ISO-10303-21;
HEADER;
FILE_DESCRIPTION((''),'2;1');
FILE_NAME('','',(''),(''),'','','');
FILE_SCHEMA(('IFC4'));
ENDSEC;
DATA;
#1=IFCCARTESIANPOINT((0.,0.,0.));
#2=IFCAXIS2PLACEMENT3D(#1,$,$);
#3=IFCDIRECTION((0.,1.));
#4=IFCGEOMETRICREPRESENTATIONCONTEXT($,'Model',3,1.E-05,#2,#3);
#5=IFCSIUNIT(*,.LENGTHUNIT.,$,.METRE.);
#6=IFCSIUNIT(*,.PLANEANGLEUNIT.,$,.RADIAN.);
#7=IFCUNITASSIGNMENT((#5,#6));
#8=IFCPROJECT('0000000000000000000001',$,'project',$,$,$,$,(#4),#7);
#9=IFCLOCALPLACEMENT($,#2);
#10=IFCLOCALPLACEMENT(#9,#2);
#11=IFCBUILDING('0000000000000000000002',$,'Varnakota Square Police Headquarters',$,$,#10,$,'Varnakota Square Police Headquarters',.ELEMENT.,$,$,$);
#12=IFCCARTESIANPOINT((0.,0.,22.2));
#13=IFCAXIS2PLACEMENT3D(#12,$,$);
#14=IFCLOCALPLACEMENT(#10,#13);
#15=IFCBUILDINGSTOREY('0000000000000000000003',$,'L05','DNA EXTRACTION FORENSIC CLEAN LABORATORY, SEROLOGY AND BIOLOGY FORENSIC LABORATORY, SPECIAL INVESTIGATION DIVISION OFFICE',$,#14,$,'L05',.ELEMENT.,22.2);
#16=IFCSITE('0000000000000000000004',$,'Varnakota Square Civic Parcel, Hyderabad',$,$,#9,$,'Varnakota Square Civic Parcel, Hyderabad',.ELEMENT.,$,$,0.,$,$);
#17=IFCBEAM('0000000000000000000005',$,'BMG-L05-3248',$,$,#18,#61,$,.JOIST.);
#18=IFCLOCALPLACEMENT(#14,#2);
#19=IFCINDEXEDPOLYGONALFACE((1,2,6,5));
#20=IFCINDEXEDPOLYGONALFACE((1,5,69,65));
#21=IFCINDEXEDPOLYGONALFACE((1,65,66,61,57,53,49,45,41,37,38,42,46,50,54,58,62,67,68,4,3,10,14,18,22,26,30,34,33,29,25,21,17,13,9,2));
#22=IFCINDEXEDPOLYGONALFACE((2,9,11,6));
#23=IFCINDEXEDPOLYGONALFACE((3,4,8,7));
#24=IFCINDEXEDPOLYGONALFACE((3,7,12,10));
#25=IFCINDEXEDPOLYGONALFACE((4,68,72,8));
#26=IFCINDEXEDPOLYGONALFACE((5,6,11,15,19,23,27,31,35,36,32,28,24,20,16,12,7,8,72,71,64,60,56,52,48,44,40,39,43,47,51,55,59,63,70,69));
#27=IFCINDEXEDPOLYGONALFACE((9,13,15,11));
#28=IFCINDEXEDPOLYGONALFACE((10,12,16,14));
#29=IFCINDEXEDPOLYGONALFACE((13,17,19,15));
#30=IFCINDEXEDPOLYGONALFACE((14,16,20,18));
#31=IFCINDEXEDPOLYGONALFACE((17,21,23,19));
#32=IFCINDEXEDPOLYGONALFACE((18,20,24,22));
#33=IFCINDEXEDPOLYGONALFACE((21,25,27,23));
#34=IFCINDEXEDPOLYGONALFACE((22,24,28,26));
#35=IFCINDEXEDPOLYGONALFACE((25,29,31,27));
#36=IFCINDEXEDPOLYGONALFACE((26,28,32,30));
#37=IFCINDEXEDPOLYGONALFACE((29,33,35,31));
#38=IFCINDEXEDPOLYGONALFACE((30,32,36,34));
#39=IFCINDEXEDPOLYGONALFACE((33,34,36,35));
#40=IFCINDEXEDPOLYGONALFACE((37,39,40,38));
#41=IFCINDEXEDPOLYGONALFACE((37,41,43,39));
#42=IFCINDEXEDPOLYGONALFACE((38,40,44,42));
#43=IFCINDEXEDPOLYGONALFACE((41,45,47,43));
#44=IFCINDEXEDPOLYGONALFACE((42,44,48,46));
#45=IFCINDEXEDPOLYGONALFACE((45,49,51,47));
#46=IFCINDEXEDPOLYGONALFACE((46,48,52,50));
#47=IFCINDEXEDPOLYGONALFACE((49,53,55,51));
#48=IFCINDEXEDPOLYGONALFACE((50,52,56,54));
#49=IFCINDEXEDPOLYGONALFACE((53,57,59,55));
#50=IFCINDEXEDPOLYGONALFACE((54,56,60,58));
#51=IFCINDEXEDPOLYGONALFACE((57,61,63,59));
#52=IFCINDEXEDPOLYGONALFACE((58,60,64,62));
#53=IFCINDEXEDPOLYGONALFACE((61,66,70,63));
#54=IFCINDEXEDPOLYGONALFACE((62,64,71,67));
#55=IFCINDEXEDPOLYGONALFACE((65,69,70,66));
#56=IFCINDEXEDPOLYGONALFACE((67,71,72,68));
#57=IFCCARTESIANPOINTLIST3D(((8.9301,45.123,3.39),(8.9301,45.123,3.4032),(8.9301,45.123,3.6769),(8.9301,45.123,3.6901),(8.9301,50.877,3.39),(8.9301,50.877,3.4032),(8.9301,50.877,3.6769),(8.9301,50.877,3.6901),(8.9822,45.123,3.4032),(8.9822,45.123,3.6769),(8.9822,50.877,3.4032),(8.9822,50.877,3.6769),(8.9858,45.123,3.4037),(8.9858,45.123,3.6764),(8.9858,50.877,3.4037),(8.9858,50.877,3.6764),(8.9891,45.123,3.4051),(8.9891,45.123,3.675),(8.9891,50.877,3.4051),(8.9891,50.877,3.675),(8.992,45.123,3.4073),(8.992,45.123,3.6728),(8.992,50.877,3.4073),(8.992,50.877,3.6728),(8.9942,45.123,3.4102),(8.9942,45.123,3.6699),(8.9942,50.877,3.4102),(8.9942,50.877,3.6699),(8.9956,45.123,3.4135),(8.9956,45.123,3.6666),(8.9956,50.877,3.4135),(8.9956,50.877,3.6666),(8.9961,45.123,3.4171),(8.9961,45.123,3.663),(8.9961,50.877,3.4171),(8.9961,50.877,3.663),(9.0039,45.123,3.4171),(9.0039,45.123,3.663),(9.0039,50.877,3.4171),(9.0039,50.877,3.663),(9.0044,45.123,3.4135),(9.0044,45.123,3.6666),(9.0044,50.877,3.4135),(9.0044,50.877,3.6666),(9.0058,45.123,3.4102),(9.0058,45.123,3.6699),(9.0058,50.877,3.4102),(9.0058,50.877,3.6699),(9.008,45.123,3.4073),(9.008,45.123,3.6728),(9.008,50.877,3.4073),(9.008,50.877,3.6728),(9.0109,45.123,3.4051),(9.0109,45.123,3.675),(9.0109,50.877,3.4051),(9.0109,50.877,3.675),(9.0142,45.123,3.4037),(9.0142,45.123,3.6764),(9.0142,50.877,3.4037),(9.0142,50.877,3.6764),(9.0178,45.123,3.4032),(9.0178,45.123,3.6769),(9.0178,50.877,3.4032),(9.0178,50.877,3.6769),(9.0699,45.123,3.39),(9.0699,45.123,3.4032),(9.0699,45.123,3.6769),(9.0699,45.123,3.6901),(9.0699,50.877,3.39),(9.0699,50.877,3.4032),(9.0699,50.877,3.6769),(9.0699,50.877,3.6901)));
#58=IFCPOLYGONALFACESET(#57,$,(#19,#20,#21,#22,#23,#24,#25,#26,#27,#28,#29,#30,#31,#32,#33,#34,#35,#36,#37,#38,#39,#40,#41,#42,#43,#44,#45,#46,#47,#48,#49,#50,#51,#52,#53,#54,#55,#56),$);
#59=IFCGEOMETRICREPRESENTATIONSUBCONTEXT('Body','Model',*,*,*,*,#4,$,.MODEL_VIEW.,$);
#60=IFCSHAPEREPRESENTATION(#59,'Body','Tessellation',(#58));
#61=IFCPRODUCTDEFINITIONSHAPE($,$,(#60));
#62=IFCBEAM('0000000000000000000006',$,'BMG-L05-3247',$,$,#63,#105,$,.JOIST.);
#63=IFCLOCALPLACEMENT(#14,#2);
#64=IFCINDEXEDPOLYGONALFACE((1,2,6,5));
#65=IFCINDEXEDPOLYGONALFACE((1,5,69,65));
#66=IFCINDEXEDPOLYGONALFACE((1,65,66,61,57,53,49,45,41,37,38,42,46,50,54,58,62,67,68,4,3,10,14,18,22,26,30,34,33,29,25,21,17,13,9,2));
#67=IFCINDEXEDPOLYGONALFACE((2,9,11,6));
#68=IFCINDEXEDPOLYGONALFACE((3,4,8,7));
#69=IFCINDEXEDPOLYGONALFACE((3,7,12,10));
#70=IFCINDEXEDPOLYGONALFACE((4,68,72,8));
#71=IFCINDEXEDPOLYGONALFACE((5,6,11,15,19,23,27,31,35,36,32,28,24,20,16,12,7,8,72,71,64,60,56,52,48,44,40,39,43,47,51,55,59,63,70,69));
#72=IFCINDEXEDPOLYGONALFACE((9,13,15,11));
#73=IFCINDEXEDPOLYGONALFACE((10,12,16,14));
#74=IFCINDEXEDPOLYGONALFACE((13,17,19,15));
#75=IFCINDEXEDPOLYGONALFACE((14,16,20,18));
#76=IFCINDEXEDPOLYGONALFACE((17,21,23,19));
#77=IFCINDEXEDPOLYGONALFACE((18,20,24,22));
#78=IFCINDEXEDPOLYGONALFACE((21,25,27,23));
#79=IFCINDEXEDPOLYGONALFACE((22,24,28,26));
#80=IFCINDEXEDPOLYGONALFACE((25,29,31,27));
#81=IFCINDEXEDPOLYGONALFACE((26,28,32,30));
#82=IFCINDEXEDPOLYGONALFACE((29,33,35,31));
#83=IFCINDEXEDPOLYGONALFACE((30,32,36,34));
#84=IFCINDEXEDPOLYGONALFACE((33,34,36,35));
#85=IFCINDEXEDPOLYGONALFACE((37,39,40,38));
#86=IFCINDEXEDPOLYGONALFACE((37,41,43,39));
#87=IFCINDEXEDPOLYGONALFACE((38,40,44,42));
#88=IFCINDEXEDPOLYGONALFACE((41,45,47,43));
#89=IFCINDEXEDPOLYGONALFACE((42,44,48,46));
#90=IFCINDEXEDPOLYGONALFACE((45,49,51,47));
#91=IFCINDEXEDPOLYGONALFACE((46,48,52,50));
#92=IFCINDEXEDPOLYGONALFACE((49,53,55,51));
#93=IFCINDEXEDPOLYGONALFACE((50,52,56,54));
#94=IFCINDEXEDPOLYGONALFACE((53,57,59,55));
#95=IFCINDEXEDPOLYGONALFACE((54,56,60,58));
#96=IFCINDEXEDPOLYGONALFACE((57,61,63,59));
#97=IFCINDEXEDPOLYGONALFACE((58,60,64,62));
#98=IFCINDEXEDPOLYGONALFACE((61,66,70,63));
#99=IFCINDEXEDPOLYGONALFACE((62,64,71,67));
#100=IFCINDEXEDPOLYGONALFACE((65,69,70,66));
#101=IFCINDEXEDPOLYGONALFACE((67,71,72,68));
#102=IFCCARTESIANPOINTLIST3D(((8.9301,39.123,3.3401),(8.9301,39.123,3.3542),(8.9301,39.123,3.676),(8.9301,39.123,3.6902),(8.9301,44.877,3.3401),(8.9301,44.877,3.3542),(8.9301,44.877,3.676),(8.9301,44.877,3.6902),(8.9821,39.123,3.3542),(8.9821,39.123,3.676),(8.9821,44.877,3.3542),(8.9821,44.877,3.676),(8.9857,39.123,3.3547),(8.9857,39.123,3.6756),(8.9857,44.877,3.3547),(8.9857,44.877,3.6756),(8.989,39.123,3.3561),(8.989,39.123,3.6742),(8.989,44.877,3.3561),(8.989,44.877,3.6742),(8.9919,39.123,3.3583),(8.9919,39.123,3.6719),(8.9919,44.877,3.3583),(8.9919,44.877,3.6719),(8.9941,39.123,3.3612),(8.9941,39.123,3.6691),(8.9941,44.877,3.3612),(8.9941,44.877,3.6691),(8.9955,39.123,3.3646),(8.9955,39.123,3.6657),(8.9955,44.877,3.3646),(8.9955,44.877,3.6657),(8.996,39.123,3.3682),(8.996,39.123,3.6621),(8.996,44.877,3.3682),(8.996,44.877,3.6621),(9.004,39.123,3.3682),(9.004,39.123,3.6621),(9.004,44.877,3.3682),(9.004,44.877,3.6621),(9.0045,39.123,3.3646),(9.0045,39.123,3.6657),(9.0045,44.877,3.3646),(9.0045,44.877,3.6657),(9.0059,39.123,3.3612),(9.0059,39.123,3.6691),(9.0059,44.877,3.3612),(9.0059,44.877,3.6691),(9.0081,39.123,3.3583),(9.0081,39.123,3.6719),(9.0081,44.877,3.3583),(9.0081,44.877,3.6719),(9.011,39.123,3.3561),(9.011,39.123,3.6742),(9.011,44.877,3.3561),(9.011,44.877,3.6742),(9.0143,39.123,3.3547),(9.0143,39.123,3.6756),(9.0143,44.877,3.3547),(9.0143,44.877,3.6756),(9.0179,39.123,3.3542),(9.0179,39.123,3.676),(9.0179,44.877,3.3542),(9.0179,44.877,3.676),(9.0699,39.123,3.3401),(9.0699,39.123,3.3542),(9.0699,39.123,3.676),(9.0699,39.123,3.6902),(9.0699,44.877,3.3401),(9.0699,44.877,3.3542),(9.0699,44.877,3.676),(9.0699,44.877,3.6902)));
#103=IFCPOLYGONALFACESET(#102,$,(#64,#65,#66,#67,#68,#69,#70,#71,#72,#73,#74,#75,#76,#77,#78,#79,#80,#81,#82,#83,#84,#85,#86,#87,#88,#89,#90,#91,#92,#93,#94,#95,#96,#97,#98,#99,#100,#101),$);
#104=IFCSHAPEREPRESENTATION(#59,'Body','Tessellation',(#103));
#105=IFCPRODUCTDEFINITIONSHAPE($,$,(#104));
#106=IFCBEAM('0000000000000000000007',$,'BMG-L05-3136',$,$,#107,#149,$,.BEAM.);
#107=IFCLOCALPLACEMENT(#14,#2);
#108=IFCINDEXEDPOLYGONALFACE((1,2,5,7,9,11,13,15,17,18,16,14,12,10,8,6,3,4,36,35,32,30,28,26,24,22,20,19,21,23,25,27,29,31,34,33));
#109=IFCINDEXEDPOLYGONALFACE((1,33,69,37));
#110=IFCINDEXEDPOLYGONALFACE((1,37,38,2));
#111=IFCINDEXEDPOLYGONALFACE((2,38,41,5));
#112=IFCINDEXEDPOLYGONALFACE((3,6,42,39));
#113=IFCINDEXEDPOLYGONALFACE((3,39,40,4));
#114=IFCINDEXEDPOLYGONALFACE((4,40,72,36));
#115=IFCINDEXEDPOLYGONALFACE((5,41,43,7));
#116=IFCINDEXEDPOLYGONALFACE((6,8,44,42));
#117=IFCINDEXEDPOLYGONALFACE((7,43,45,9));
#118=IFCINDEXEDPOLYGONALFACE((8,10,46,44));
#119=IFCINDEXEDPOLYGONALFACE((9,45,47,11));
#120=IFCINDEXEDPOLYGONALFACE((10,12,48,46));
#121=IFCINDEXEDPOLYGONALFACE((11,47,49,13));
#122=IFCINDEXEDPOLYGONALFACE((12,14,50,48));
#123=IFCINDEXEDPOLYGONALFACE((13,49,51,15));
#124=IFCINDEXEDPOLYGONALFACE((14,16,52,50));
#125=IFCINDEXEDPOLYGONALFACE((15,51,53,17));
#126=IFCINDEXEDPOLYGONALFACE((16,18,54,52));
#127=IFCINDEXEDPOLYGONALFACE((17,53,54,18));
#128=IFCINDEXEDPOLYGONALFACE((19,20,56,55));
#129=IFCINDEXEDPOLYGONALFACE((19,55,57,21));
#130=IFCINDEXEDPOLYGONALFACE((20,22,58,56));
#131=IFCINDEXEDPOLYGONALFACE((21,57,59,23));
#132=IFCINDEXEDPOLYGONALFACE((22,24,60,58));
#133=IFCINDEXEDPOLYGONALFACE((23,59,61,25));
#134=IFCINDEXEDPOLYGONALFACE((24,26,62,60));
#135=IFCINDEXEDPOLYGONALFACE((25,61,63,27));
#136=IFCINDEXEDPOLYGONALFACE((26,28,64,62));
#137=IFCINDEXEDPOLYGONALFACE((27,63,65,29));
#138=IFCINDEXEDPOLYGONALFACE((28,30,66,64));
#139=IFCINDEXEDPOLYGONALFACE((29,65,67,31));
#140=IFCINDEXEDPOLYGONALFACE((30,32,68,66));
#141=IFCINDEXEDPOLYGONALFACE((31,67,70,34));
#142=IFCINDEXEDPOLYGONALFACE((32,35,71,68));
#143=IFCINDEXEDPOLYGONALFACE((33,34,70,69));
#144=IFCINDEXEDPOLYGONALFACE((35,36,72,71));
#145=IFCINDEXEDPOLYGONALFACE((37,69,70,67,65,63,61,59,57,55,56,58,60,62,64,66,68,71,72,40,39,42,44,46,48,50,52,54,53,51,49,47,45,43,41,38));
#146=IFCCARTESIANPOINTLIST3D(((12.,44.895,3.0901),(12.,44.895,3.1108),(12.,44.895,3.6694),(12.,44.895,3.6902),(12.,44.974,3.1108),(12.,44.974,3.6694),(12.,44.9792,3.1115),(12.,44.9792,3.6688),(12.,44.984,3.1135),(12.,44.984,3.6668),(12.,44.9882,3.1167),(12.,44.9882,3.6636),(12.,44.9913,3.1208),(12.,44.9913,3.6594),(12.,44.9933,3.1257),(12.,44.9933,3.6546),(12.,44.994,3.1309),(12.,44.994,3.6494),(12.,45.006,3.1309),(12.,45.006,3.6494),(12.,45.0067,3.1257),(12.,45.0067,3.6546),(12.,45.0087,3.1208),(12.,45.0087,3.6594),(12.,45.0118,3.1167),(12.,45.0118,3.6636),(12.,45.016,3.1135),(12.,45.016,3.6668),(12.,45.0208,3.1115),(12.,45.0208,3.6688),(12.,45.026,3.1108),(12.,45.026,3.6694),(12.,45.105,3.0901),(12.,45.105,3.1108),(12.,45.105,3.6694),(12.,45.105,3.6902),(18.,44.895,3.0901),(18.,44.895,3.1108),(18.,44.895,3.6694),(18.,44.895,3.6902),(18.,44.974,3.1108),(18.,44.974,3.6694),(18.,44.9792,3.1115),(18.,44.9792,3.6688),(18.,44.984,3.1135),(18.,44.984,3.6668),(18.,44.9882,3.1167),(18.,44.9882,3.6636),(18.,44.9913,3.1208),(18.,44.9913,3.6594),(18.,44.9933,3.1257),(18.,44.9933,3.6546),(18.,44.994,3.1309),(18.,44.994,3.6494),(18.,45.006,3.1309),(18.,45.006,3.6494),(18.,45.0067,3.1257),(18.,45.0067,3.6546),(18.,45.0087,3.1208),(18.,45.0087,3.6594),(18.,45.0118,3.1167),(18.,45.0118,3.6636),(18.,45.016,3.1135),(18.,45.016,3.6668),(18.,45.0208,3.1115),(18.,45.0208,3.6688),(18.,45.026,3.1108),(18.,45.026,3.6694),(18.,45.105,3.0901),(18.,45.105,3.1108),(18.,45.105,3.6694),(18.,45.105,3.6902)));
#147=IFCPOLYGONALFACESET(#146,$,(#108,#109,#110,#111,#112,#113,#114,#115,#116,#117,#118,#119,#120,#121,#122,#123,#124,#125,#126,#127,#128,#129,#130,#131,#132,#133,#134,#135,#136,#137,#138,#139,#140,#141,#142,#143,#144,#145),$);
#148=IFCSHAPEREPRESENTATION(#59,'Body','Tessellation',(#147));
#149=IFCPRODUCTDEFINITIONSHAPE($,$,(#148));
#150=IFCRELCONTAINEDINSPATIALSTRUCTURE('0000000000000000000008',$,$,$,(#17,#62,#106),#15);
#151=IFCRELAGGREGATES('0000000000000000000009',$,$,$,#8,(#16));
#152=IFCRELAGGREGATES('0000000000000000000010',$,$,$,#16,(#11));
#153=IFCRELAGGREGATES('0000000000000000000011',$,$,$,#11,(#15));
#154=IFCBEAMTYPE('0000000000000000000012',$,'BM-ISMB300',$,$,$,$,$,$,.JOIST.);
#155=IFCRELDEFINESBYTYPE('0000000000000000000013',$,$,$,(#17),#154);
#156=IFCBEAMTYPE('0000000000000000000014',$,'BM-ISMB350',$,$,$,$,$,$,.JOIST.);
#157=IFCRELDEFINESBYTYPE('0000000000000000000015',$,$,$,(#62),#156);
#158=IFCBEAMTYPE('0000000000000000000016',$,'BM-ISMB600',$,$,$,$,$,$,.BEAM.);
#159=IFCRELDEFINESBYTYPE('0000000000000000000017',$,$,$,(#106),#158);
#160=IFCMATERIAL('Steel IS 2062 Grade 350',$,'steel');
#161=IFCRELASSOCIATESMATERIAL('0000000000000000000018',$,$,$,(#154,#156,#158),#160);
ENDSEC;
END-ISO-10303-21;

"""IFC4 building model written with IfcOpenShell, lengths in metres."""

from ifc_helpers import new_model, si_unit, direction, frame, origin, origin_2d, place, context, subcontext, project, spatial, i_section, extrude, material, material_profile, profile_set, type_object, element, save


model = new_model("IFC4")

# Units and contexts
model_context = context("Model", 3, precision=1e-05, world=origin(), true_north=direction((0.0, 1.0)))
body_context = subcontext(model_context, "Body", "Model", "MODEL_VIEW")
ifc_project = project(units=[si_unit("LENGTHUNIT", "METRE"), si_unit("PLANEANGLEUNIT", "RADIAN")], contexts=[model_context])

# Site, building, storey
site_placement = place(None, origin())
site = spatial("IfcSite", under=ifc_project, at=site_placement, Name="Varnakota Square Civic Parcel, Hyderabad", LongName="Varnakota Square Civic Parcel, Hyderabad", CompositionType="ELEMENT", RefElevation=0.0)
building_placement = place(site_placement, origin())
building = spatial("IfcBuilding", under=site, at=building_placement, Name="Varnakota Square Police Headquarters", LongName="Varnakota Square Police Headquarters", CompositionType="ELEMENT")
storey_placement = place(building_placement, frame((0.0, 0.0, 22.2)))
storey = spatial("IfcBuildingStorey", under=building, at=storey_placement, Name="L05", Description="DNA EXTRACTION FORENSIC CLEAN LABORATORY, SEROLOGY AND BIOLOGY FORENSIC LABORATORY, SPECIAL INVESTIGATION DIVISION OFFICE", LongName="L05", CompositionType="ELEMENT", Elevation=22.2)

# Shared definitions
ifc_material_1 = material(Name="Steel IS 2062 Grade 350", Category="steel")

# Beams
ifc_material_profile_1 = material_profile(ifc_material_1, i_section(OverallWidth=0.1399, OverallDepth=0.3, WebThickness=0.0078, FlangeThickness=0.0132, FilletRadius=0.0139, at=origin_2d()), Name="ISMB 300")
ifc_profile_set_1 = profile_set([ifc_material_profile_1], Name="Steel IS 2062 Grade 350")
beam_type_1 = type_object("IfcBeamType", Name="BM-ISMB300", PredefinedType="JOIST", material=ifc_profile_set_1)
beam_1_placement = place(storey_placement, frame((9.0, 45.123, 3.54), z_axis=(0.0, 1.0, 0.0), x_axis=(-1.0, 0.0, 0.0)))
element("IfcBeam", 1, at=beam_1_placement, inside=storey, type_object=beam_type_1, Name="BMG-L05-3248", PredefinedType="JOIST", context=body_context, shape_type="SweptSolid", body=[
    extrude(i_section(OverallWidth=0.1399, OverallDepth=0.3, WebThickness=0.0078, FlangeThickness=0.0132, FilletRadius=0.0139, at=origin_2d()), origin(), (0.0, 0.0, 1.0), 5.7539),
])
ifc_material_profile_2 = material_profile(ifc_material_1, i_section(OverallWidth=0.1399, OverallDepth=0.3501, WebThickness=0.0081, FlangeThickness=0.0142, FilletRadius=0.0139, at=origin_2d()), Name="ISMB 350")
ifc_profile_set_2 = profile_set([ifc_material_profile_2], Name="Steel IS 2062 Grade 350")
beam_type_2 = type_object("IfcBeamType", Name="BM-ISMB350", PredefinedType="JOIST", material=ifc_profile_set_2)
beam_2_placement = place(storey_placement, frame((9.0, 39.123, 3.5151), z_axis=(0.0, 1.0, 0.0), x_axis=(-1.0, 0.0, 0.0)))
element("IfcBeam", 2, at=beam_2_placement, inside=storey, type_object=beam_type_2, Name="BMG-L05-3247", PredefinedType="JOIST", context=body_context, shape_type="SweptSolid", body=[
    extrude(i_section(OverallWidth=0.1399, OverallDepth=0.3501, WebThickness=0.0081, FlangeThickness=0.0142, FilletRadius=0.0139, at=origin_2d()), origin(), (0.0, 0.0, 1.0), 5.7539),
])
ifc_material_profile_3 = material_profile(ifc_material_1, i_section(OverallWidth=0.21, OverallDepth=0.6001, WebThickness=0.012, FlangeThickness=0.0208, FilletRadius=0.02, at=origin_2d()), Name="ISMB 600")
ifc_profile_set_3 = profile_set([ifc_material_profile_3], Name="Steel IS 2062 Grade 350")
beam_type_3 = type_object("IfcBeamType", Name="BM-ISMB600", PredefinedType="BEAM", material=ifc_profile_set_3)
beam_3_placement = place(storey_placement, frame((12.0, 45.0, 3.3901), z_axis=(1.0, 0.0, 0.0), x_axis=(0.0, 1.0, 0.0)))
element("IfcBeam", 3, at=beam_3_placement, inside=storey, type_object=beam_type_3, Name="BMG-L05-3136", PredefinedType="BEAM", context=body_context, shape_type="SweptSolid", body=[
    extrude(i_section(OverallWidth=0.21, OverallDepth=0.6001, WebThickness=0.012, FlangeThickness=0.0208, FilletRadius=0.02, at=origin_2d()), origin(), (0.0, 0.0, 1.0), 6.0),
])

save(model, "model.ifc")
